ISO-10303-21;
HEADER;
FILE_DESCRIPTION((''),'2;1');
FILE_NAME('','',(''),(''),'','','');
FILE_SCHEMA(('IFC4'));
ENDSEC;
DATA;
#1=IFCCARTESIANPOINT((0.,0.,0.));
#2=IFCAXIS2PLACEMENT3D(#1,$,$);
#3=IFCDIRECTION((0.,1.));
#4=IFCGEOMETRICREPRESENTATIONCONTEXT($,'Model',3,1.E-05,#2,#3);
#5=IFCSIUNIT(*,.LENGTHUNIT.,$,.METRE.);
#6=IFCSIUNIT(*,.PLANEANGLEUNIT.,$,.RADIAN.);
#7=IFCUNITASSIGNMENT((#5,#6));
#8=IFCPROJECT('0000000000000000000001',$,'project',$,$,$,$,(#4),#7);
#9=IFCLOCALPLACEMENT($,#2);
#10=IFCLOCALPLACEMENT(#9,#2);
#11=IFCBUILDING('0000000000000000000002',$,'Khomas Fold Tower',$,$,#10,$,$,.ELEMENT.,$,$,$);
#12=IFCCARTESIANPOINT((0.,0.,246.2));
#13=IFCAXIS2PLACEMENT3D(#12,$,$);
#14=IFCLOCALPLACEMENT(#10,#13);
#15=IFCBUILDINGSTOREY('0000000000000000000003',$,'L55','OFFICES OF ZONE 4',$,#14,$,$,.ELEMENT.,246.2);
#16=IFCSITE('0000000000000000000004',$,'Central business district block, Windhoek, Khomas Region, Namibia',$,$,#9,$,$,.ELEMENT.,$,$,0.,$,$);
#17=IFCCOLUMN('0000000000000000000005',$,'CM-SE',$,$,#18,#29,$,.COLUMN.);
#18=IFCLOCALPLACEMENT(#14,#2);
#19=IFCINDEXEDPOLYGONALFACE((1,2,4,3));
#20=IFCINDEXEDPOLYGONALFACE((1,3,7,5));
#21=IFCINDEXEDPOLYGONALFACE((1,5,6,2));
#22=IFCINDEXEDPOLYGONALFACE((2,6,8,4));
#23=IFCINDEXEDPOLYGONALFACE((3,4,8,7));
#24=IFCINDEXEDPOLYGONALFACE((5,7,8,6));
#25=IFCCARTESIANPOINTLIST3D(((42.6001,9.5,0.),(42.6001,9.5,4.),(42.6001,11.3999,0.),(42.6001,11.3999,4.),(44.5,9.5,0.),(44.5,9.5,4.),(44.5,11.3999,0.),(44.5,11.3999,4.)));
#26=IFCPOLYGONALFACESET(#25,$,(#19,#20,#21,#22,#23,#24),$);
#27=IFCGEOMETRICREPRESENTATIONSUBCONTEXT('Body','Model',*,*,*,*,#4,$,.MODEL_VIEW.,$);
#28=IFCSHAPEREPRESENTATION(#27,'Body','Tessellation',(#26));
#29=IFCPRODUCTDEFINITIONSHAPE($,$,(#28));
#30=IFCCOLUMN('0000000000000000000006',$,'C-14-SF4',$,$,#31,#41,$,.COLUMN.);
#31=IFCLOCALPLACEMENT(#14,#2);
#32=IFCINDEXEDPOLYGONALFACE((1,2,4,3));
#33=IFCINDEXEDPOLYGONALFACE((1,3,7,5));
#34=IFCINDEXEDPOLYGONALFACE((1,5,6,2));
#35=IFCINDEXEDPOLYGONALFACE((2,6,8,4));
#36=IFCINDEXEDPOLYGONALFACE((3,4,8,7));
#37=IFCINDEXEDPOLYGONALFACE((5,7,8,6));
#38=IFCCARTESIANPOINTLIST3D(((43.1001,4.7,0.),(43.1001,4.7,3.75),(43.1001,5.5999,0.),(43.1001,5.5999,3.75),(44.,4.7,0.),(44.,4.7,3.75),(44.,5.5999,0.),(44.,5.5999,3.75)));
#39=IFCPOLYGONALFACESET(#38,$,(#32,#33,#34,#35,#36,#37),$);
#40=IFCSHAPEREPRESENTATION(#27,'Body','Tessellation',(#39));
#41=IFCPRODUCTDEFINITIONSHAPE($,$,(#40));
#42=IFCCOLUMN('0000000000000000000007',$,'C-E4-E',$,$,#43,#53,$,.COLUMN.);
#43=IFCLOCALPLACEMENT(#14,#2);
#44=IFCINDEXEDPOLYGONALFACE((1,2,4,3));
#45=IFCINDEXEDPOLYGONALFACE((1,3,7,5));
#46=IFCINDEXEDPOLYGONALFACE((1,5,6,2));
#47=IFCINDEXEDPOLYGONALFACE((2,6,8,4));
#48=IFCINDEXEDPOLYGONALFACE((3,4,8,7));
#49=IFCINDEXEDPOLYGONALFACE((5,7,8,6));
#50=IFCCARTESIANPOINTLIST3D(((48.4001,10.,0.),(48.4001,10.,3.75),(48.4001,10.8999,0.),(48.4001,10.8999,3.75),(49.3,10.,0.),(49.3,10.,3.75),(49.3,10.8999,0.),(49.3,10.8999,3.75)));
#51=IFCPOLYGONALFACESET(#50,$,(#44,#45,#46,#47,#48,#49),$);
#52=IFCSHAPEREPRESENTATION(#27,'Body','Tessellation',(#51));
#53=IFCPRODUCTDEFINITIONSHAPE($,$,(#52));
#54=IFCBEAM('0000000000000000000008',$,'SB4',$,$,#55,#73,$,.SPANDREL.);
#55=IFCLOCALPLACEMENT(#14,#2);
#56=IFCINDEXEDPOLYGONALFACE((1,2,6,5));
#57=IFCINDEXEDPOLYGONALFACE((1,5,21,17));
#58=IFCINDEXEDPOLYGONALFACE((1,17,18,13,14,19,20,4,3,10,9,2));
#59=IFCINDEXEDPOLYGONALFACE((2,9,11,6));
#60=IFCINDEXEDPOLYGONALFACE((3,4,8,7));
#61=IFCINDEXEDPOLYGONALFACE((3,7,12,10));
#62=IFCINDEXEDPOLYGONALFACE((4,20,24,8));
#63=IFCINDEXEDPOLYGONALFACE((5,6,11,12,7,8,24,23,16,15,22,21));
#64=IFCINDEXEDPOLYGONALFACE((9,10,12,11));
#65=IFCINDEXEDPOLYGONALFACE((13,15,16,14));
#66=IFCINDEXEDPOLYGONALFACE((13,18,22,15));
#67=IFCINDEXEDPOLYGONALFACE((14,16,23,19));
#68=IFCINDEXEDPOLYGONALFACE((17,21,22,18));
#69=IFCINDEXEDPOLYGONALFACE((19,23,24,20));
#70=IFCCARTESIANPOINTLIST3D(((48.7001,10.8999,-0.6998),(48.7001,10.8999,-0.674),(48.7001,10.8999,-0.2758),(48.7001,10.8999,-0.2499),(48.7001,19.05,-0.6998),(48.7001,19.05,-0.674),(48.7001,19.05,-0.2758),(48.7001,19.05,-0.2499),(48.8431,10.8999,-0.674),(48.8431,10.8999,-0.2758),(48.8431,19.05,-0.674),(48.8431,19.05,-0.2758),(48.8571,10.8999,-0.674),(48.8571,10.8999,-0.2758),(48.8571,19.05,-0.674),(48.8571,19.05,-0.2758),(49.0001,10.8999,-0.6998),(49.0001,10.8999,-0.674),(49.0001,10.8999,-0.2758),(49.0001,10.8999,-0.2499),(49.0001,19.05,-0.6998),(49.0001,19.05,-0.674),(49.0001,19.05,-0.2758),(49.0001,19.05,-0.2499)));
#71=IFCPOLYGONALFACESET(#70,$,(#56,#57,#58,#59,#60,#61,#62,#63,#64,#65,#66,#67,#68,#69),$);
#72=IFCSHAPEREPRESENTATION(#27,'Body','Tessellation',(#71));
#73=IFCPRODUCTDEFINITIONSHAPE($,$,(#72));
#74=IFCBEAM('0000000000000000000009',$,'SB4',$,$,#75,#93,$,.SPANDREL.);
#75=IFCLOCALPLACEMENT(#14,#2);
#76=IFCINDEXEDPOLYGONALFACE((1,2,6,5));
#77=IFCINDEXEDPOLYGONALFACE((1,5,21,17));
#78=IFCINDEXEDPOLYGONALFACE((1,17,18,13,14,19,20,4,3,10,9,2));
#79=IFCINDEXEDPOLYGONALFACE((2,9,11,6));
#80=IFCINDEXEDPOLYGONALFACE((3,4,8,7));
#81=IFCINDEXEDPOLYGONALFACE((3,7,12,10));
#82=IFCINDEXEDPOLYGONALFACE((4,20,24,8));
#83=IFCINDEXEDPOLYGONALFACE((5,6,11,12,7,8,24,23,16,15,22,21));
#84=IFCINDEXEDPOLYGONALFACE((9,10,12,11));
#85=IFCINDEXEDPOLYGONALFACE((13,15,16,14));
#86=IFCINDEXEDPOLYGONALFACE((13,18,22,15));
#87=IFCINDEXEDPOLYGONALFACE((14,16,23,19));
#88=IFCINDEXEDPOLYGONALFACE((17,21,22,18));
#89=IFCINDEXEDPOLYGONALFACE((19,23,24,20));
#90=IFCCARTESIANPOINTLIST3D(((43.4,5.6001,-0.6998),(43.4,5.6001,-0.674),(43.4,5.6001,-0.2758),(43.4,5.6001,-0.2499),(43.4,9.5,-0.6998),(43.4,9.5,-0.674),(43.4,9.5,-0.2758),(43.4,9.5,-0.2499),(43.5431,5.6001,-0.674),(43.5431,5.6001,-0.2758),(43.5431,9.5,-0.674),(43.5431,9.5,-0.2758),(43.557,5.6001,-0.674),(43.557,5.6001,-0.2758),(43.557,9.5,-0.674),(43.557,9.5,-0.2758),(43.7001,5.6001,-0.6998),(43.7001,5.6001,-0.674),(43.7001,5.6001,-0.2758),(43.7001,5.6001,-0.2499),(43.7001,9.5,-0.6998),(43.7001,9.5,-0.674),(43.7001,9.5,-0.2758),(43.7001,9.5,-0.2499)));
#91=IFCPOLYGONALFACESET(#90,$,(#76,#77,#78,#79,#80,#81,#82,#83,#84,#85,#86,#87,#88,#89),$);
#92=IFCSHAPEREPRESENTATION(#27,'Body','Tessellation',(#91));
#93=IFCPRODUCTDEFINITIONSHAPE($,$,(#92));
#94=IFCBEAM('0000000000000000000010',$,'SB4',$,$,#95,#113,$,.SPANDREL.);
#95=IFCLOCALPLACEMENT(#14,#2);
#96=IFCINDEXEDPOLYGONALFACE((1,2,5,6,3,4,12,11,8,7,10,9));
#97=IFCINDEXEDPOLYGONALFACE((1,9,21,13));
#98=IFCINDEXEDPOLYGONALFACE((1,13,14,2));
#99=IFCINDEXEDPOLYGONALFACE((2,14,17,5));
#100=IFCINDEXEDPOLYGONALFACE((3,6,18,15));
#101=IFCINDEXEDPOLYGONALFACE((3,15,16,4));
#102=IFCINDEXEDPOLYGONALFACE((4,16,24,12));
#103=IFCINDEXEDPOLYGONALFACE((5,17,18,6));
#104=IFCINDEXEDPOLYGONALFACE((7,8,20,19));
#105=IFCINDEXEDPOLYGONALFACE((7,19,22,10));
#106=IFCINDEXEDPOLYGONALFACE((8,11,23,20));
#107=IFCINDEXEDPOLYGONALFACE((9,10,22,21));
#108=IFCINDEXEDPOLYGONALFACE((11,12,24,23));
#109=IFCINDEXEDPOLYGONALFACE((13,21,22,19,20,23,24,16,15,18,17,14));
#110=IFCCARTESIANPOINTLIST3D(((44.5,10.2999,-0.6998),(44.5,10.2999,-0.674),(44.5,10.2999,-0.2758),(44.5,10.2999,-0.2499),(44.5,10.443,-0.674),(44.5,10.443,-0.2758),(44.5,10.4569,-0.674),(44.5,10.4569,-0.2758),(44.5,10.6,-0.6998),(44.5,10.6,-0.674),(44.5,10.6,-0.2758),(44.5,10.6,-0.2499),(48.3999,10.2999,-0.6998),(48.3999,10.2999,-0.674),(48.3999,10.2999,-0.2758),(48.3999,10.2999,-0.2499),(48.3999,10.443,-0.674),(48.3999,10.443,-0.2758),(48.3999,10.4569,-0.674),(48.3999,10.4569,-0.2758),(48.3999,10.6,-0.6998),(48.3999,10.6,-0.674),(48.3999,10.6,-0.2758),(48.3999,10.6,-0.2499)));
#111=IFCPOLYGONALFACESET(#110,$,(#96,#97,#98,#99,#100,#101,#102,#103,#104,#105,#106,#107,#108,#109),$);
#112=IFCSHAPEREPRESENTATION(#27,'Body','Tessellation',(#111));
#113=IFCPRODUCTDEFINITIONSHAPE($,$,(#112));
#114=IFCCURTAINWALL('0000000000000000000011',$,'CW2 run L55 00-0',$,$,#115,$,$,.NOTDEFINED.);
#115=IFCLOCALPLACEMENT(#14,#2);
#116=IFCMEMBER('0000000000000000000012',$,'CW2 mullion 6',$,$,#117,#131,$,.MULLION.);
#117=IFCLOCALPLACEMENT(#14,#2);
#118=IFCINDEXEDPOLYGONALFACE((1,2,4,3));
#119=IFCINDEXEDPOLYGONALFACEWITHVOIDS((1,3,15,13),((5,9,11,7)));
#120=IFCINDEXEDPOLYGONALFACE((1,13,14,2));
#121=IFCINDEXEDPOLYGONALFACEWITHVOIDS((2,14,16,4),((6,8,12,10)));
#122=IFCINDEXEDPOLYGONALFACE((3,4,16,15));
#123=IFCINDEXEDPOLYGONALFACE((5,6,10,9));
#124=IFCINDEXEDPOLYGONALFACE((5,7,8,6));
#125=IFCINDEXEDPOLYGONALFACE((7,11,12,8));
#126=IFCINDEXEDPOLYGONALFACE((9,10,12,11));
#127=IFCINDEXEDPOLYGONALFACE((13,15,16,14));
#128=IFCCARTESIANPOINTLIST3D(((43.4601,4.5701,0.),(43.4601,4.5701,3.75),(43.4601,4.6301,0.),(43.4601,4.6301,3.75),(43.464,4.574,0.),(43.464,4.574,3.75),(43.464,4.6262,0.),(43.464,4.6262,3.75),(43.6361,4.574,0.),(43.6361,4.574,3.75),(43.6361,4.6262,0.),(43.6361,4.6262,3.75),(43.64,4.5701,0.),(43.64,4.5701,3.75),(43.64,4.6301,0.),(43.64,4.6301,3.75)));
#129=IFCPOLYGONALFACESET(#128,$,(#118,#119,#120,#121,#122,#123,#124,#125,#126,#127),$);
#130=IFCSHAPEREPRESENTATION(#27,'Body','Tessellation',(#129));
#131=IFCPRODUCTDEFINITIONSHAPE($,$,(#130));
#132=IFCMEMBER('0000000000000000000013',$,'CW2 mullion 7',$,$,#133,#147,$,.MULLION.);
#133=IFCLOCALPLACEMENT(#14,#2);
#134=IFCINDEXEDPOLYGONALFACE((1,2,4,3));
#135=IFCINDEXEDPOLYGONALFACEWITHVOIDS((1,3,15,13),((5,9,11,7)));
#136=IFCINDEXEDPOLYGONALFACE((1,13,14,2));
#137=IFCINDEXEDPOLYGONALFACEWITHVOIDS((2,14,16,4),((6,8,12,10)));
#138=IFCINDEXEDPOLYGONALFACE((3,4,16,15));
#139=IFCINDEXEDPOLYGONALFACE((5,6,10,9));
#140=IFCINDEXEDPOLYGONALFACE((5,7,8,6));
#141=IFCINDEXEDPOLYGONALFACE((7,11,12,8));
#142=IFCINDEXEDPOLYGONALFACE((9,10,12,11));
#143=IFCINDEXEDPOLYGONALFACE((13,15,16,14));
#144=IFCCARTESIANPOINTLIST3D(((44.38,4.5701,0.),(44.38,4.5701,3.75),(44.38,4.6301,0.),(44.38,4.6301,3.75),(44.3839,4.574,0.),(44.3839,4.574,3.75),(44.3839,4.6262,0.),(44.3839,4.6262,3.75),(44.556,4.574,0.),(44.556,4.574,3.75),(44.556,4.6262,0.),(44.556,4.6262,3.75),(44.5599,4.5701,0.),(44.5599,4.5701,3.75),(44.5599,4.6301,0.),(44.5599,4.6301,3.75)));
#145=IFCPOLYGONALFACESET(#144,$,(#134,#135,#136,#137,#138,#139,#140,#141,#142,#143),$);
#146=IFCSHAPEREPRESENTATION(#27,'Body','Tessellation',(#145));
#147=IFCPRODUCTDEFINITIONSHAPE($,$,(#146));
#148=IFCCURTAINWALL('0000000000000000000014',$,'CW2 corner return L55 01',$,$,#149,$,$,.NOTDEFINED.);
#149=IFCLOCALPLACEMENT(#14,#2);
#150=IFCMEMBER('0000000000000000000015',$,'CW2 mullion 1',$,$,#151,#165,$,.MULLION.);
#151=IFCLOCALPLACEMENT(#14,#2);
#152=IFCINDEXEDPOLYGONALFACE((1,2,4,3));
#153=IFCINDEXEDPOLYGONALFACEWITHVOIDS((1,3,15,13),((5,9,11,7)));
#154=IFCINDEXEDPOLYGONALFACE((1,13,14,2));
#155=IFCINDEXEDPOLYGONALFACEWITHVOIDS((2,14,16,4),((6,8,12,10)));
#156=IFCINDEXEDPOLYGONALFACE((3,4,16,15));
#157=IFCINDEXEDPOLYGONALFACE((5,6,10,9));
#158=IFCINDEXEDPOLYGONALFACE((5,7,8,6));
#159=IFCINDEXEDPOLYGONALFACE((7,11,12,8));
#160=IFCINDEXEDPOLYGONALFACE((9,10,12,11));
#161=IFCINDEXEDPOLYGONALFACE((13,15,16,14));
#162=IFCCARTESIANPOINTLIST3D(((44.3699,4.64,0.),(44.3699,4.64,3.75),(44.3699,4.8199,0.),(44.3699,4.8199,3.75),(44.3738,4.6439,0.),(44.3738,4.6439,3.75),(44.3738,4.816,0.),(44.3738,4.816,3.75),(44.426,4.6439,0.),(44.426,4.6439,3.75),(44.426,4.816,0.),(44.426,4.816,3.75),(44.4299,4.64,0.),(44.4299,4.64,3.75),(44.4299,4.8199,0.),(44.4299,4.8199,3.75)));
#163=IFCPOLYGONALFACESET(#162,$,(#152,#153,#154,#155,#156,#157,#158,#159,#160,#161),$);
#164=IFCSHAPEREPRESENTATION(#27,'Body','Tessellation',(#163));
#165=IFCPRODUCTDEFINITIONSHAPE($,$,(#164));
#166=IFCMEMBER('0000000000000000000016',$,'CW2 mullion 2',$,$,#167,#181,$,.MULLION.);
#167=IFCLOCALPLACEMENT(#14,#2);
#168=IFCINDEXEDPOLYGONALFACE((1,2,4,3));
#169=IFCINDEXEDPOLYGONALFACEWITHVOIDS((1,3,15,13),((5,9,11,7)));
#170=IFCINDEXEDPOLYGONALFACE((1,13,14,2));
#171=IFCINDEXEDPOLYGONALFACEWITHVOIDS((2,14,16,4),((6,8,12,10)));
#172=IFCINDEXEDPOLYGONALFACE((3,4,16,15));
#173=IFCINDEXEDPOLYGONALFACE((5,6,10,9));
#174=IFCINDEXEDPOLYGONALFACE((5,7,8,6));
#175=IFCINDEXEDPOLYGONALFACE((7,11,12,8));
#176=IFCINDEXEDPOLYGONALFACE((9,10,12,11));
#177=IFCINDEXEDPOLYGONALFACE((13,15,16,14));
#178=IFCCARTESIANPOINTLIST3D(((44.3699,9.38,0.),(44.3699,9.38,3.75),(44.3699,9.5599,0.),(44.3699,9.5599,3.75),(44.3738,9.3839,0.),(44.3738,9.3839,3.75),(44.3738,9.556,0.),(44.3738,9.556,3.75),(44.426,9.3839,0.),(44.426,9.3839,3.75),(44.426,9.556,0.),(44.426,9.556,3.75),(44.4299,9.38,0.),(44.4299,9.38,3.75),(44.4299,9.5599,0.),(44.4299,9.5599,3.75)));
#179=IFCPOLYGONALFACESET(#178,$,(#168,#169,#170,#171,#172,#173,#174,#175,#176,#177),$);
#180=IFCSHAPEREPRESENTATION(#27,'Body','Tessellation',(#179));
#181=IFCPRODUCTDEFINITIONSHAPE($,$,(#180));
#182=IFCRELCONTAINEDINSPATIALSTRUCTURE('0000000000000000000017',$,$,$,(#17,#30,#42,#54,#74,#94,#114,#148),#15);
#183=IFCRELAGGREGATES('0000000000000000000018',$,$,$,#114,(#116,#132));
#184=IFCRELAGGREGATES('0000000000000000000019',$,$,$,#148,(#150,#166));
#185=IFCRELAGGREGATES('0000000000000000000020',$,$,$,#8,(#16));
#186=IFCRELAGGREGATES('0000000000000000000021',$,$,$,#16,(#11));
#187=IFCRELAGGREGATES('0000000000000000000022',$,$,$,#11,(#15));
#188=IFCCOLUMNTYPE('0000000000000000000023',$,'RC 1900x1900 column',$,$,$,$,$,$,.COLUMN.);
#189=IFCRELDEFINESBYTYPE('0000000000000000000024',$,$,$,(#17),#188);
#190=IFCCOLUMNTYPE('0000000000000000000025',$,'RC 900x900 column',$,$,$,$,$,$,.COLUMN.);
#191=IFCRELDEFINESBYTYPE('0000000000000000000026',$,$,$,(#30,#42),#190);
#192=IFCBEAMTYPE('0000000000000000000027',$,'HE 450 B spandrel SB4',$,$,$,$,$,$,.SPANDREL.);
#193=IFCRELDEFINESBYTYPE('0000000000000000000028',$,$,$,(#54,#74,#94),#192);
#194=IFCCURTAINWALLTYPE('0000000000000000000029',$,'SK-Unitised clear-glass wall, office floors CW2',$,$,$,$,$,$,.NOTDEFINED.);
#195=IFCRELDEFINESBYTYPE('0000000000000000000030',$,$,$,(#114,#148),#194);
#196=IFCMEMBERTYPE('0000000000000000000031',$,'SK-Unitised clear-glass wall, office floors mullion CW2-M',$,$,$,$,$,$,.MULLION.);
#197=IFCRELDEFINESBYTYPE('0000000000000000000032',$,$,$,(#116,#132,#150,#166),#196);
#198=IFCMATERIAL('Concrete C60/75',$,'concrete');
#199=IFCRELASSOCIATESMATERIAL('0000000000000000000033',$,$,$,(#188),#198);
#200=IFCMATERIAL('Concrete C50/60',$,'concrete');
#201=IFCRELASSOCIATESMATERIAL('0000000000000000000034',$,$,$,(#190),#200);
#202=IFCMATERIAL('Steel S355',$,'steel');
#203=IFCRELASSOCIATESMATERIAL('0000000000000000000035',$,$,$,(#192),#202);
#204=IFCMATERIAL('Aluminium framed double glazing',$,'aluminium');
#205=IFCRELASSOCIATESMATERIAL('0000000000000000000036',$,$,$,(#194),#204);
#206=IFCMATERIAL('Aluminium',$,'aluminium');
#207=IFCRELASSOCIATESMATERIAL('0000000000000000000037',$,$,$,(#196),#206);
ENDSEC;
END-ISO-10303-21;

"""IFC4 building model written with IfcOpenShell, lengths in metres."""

from ifc_helpers import new_model, si_unit, direction, frame, origin, origin_2d, place, context, subcontext, project, spatial, rectangle, hollow_rectangle, i_section, extrude, source, transform, mapped, material, material_profile, profile_set, type_object, element, aggregate, save


model = new_model("IFC4")

# Units and contexts
model_context = context("Model", 3, precision=1e-05, world=origin(), true_north=direction((0.0, 1.0)))
body_context = subcontext(model_context, "Body", "Model", "MODEL_VIEW")
ifc_project = project(units=[si_unit("LENGTHUNIT", "METRE"), si_unit("PLANEANGLEUNIT", "RADIAN")], contexts=[model_context])

# Site, building, storey
site_placement = place(None, origin())
site = spatial("IfcSite", under=ifc_project, at=site_placement, Name="Central business district block, Windhoek, Khomas Region, Namibia", CompositionType="ELEMENT", RefElevation=0.0)
building_placement = place(site_placement, origin())
building = spatial("IfcBuilding", under=site, at=building_placement, Name="Khomas Fold Tower", CompositionType="ELEMENT")
storey_placement = place(building_placement, frame((0.0, 0.0, 246.2)))
storey = spatial("IfcBuildingStorey", under=building, at=storey_placement, Name="L55", Description="OFFICES OF ZONE 4", CompositionType="ELEMENT", Elevation=246.2)

# Columns
ifc_material_1 = material(Name="Concrete C60/75", Category="concrete")
ifc_material_profile_1 = material_profile(ifc_material_1, rectangle(XDim=1.8999, YDim=1.8999, at=origin_2d()), Name="RC 1900x1900")
ifc_profile_set_1 = profile_set([ifc_material_profile_1], Name="Concrete C60/75")
column_type_1 = type_object("IfcColumnType", Name="RC 1900x1900 column", PredefinedType="COLUMN", material=ifc_profile_set_1)
shared_shape_1 = source(origin(), body_context, "Body", "SweptSolid", [
    extrude(rectangle(XDim=1.8999, YDim=1.8999, at=origin_2d()), origin(), (0.0, 0.0, 1.0), 4.0),
])
column_placement = place(storey_placement, frame((43.55, 10.45, 0.0), z_axis=(0.0, 0.0, 1.0), x_axis=(1.0, 0.0, 0.0)))
element("IfcColumn", 1, at=column_placement, inside=storey, type_object=column_type_1, Name="CM-SE", PredefinedType="COLUMN", context=body_context, shape_type="MappedRepresentation", body=[
    mapped(shared_shape_1, transform((0.0, 0.0, 0.0))),
])
ifc_material_2 = material(Name="Concrete C50/60", Category="concrete")
ifc_material_profile_2 = material_profile(ifc_material_2, rectangle(XDim=0.8999, YDim=0.8999, at=origin_2d()), Name="RC 900x900")
ifc_profile_set_2 = profile_set([ifc_material_profile_2], Name="Concrete C50/60")
column_type_2 = type_object("IfcColumnType", Name="RC 900x900 column", PredefinedType="COLUMN", material=ifc_profile_set_2)
shared_shape_2 = source(origin(), body_context, "Body", "SweptSolid", [
    extrude(rectangle(XDim=0.8999, YDim=0.8999, at=origin_2d()), origin(), (0.0, 0.0, 1.0), 3.75),
])
for number, where, z_axis, x_axis, name in (
    (2, (43.55, 5.1499, 0.0), (0.0, 0.0, 1.0), (1.0, 0.0, 0.0), "C-14-SF4"),
    (3, (48.8501, 10.45, 0.0), (0.0, 0.0, 1.0), (1.0, 0.0, 0.0), "C-E4-E"),
):
    element("IfcColumn", number, at=place(storey_placement, frame(where, z_axis=z_axis, x_axis=x_axis)), inside=storey, type_object=column_type_2, Name=name, PredefinedType="COLUMN", context=body_context, shape_type="MappedRepresentation", body=[
        mapped(shared_shape_2, transform((0.0, 0.0, 0.0))),
    ])

# Beams
ifc_material_3 = material(Name="Steel S355", Category="steel")
ifc_material_profile_3 = material_profile(ifc_material_3, i_section(OverallWidth=0.3, OverallDepth=0.45, WebThickness=0.0139, FlangeThickness=0.0259, at=origin_2d()), Name="HE 450 B")
ifc_profile_set_3 = profile_set([ifc_material_profile_3], Name="Steel S355")
beam_type = type_object("IfcBeamType", Name="HE 450 B spandrel SB4", PredefinedType="SPANDREL", material=ifc_profile_set_3)
shared_shape_3 = source(origin(), body_context, "Body", "SweptSolid", [
    extrude(i_section(OverallWidth=0.3, OverallDepth=0.45, WebThickness=0.0139, FlangeThickness=0.0259, at=origin_2d()), origin(), (0.0, 0.0, 1.0), 8.1501),
])
beam_placement = place(storey_placement, frame((48.8501, 10.8999, -0.4749), z_axis=(0.0, 1.0, 0.0), x_axis=(-1.0, 0.0, 0.0)))
element("IfcBeam", 4, at=beam_placement, inside=storey, type_object=beam_type, Name="SB4", PredefinedType="SPANDREL", context=body_context, shape_type="MappedRepresentation", body=[
    mapped(shared_shape_3, transform((0.0, 0.0, 0.0))),
])
shared_shape_4 = source(origin(), body_context, "Body", "SweptSolid", [
    extrude(i_section(OverallWidth=0.3, OverallDepth=0.45, WebThickness=0.0139, FlangeThickness=0.0259, at=origin_2d()), origin(), (0.0, 0.0, 1.0), 3.8999),
])
for number, where, z_axis, x_axis, name in (
    (5, (43.55, 5.6001, -0.4749), (0.0, 1.0, 0.0), (-1.0, 0.0, 0.0), "SB4"),
    (6, (44.5, 10.45, -0.4749), (1.0, 0.0, 0.0), (0.0, 1.0, 0.0), "SB4"),
):
    element("IfcBeam", number, at=place(storey_placement, frame(where, z_axis=z_axis, x_axis=x_axis)), inside=storey, type_object=beam_type, Name=name, PredefinedType="SPANDREL", context=body_context, shape_type="MappedRepresentation", body=[
        mapped(shared_shape_4, transform((0.0, 0.0, 0.0))),
    ])

# Curtain walls, members
ifc_material_4 = material(Name="Aluminium framed double glazing", Category="aluminium")
curtain_wall_type = type_object("IfcCurtainWallType", Name="SK-Unitised clear-glass wall, office floors CW2", PredefinedType="NOTDEFINED", material=ifc_material_4)
curtain_wall_1_placement = place(storey_placement, origin())
curtain_wall_1 = element("IfcCurtainWall", 7, at=curtain_wall_1_placement, inside=storey, type_object=curtain_wall_type, Name="CW2 run L55 00-0", PredefinedType="NOTDEFINED")
ifc_material_5 = material(Name="Aluminium", Category="aluminium")
ifc_material_profile_4 = material_profile(ifc_material_5, hollow_rectangle(XDim=0.0601, YDim=0.1799, WallThickness=0.0039, at=origin_2d()), Name="SK-Unitised clear-glass wall, office floors mullion CW2-M")
ifc_profile_set_4 = profile_set([ifc_material_profile_4], Name="Aluminium")
member_type_1 = type_object("IfcMemberType", Name="SK-Unitised clear-glass wall, office floors mullion CW2-M", PredefinedType="MULLION", material=ifc_profile_set_4)
shared_shape_5 = source(origin(), body_context, "Body", "SweptSolid", [
    extrude(hollow_rectangle(XDim=0.0601, YDim=0.1799, WallThickness=0.0039, at=origin_2d()), origin(), (0.0, 0.0, 1.0), 3.75),
])
member_1_placement = place(storey_placement, frame((43.55, 4.6001, 0.0), z_axis=(0.0, 0.0, 1.0), x_axis=(0.0, 1.0, 0.0)))
member_1 = element("IfcMember", 8, at=member_1_placement, type_object=member_type_1, Name="CW2 mullion 6", PredefinedType="MULLION", context=body_context, shape_type="MappedRepresentation", body=[
    mapped(shared_shape_5, transform((0.0, 0.0, 0.0))),
])
member_2_placement = place(storey_placement, frame((44.47, 4.6001, 0.0), z_axis=(0.0, 0.0, 1.0), x_axis=(0.0, 1.0, 0.0)))
member_2 = element("IfcMember", 9, at=member_2_placement, type_object=member_type_1, Name="CW2 mullion 7", PredefinedType="MULLION", context=body_context, shape_type="MappedRepresentation", body=[
    mapped(shared_shape_5, transform((0.0, 0.0, 0.0))),
])
curtain_wall_2_placement = place(storey_placement, origin())
curtain_wall_2 = element("IfcCurtainWall", 10, at=curtain_wall_2_placement, inside=storey, type_object=curtain_wall_type, Name="CW2 corner return L55 01", PredefinedType="NOTDEFINED")
member_3_placement = place(storey_placement, frame((44.3999, 4.73, 0.0), z_axis=(0.0, 0.0, 1.0), x_axis=(-1.0, 0.0, 0.0)))
member_3 = element("IfcMember", 11, at=member_3_placement, type_object=member_type_1, Name="CW2 mullion 1", PredefinedType="MULLION", context=body_context, shape_type="MappedRepresentation", body=[
    mapped(shared_shape_5, transform((0.0, 0.0, 0.0))),
])
member_4_placement = place(storey_placement, frame((44.3999, 9.47, 0.0), z_axis=(0.0, 0.0, 1.0), x_axis=(-1.0, 0.0, 0.0)))
member_4 = element("IfcMember", 12, at=member_4_placement, type_object=member_type_1, Name="CW2 mullion 2", PredefinedType="MULLION", context=body_context, shape_type="MappedRepresentation", body=[
    mapped(shared_shape_5, transform((0.0, 0.0, 0.0))),
])

aggregate(curtain_wall_1, [member_1, member_2])
aggregate(curtain_wall_2, [member_3, member_4])

save(model, "model.ifc")
